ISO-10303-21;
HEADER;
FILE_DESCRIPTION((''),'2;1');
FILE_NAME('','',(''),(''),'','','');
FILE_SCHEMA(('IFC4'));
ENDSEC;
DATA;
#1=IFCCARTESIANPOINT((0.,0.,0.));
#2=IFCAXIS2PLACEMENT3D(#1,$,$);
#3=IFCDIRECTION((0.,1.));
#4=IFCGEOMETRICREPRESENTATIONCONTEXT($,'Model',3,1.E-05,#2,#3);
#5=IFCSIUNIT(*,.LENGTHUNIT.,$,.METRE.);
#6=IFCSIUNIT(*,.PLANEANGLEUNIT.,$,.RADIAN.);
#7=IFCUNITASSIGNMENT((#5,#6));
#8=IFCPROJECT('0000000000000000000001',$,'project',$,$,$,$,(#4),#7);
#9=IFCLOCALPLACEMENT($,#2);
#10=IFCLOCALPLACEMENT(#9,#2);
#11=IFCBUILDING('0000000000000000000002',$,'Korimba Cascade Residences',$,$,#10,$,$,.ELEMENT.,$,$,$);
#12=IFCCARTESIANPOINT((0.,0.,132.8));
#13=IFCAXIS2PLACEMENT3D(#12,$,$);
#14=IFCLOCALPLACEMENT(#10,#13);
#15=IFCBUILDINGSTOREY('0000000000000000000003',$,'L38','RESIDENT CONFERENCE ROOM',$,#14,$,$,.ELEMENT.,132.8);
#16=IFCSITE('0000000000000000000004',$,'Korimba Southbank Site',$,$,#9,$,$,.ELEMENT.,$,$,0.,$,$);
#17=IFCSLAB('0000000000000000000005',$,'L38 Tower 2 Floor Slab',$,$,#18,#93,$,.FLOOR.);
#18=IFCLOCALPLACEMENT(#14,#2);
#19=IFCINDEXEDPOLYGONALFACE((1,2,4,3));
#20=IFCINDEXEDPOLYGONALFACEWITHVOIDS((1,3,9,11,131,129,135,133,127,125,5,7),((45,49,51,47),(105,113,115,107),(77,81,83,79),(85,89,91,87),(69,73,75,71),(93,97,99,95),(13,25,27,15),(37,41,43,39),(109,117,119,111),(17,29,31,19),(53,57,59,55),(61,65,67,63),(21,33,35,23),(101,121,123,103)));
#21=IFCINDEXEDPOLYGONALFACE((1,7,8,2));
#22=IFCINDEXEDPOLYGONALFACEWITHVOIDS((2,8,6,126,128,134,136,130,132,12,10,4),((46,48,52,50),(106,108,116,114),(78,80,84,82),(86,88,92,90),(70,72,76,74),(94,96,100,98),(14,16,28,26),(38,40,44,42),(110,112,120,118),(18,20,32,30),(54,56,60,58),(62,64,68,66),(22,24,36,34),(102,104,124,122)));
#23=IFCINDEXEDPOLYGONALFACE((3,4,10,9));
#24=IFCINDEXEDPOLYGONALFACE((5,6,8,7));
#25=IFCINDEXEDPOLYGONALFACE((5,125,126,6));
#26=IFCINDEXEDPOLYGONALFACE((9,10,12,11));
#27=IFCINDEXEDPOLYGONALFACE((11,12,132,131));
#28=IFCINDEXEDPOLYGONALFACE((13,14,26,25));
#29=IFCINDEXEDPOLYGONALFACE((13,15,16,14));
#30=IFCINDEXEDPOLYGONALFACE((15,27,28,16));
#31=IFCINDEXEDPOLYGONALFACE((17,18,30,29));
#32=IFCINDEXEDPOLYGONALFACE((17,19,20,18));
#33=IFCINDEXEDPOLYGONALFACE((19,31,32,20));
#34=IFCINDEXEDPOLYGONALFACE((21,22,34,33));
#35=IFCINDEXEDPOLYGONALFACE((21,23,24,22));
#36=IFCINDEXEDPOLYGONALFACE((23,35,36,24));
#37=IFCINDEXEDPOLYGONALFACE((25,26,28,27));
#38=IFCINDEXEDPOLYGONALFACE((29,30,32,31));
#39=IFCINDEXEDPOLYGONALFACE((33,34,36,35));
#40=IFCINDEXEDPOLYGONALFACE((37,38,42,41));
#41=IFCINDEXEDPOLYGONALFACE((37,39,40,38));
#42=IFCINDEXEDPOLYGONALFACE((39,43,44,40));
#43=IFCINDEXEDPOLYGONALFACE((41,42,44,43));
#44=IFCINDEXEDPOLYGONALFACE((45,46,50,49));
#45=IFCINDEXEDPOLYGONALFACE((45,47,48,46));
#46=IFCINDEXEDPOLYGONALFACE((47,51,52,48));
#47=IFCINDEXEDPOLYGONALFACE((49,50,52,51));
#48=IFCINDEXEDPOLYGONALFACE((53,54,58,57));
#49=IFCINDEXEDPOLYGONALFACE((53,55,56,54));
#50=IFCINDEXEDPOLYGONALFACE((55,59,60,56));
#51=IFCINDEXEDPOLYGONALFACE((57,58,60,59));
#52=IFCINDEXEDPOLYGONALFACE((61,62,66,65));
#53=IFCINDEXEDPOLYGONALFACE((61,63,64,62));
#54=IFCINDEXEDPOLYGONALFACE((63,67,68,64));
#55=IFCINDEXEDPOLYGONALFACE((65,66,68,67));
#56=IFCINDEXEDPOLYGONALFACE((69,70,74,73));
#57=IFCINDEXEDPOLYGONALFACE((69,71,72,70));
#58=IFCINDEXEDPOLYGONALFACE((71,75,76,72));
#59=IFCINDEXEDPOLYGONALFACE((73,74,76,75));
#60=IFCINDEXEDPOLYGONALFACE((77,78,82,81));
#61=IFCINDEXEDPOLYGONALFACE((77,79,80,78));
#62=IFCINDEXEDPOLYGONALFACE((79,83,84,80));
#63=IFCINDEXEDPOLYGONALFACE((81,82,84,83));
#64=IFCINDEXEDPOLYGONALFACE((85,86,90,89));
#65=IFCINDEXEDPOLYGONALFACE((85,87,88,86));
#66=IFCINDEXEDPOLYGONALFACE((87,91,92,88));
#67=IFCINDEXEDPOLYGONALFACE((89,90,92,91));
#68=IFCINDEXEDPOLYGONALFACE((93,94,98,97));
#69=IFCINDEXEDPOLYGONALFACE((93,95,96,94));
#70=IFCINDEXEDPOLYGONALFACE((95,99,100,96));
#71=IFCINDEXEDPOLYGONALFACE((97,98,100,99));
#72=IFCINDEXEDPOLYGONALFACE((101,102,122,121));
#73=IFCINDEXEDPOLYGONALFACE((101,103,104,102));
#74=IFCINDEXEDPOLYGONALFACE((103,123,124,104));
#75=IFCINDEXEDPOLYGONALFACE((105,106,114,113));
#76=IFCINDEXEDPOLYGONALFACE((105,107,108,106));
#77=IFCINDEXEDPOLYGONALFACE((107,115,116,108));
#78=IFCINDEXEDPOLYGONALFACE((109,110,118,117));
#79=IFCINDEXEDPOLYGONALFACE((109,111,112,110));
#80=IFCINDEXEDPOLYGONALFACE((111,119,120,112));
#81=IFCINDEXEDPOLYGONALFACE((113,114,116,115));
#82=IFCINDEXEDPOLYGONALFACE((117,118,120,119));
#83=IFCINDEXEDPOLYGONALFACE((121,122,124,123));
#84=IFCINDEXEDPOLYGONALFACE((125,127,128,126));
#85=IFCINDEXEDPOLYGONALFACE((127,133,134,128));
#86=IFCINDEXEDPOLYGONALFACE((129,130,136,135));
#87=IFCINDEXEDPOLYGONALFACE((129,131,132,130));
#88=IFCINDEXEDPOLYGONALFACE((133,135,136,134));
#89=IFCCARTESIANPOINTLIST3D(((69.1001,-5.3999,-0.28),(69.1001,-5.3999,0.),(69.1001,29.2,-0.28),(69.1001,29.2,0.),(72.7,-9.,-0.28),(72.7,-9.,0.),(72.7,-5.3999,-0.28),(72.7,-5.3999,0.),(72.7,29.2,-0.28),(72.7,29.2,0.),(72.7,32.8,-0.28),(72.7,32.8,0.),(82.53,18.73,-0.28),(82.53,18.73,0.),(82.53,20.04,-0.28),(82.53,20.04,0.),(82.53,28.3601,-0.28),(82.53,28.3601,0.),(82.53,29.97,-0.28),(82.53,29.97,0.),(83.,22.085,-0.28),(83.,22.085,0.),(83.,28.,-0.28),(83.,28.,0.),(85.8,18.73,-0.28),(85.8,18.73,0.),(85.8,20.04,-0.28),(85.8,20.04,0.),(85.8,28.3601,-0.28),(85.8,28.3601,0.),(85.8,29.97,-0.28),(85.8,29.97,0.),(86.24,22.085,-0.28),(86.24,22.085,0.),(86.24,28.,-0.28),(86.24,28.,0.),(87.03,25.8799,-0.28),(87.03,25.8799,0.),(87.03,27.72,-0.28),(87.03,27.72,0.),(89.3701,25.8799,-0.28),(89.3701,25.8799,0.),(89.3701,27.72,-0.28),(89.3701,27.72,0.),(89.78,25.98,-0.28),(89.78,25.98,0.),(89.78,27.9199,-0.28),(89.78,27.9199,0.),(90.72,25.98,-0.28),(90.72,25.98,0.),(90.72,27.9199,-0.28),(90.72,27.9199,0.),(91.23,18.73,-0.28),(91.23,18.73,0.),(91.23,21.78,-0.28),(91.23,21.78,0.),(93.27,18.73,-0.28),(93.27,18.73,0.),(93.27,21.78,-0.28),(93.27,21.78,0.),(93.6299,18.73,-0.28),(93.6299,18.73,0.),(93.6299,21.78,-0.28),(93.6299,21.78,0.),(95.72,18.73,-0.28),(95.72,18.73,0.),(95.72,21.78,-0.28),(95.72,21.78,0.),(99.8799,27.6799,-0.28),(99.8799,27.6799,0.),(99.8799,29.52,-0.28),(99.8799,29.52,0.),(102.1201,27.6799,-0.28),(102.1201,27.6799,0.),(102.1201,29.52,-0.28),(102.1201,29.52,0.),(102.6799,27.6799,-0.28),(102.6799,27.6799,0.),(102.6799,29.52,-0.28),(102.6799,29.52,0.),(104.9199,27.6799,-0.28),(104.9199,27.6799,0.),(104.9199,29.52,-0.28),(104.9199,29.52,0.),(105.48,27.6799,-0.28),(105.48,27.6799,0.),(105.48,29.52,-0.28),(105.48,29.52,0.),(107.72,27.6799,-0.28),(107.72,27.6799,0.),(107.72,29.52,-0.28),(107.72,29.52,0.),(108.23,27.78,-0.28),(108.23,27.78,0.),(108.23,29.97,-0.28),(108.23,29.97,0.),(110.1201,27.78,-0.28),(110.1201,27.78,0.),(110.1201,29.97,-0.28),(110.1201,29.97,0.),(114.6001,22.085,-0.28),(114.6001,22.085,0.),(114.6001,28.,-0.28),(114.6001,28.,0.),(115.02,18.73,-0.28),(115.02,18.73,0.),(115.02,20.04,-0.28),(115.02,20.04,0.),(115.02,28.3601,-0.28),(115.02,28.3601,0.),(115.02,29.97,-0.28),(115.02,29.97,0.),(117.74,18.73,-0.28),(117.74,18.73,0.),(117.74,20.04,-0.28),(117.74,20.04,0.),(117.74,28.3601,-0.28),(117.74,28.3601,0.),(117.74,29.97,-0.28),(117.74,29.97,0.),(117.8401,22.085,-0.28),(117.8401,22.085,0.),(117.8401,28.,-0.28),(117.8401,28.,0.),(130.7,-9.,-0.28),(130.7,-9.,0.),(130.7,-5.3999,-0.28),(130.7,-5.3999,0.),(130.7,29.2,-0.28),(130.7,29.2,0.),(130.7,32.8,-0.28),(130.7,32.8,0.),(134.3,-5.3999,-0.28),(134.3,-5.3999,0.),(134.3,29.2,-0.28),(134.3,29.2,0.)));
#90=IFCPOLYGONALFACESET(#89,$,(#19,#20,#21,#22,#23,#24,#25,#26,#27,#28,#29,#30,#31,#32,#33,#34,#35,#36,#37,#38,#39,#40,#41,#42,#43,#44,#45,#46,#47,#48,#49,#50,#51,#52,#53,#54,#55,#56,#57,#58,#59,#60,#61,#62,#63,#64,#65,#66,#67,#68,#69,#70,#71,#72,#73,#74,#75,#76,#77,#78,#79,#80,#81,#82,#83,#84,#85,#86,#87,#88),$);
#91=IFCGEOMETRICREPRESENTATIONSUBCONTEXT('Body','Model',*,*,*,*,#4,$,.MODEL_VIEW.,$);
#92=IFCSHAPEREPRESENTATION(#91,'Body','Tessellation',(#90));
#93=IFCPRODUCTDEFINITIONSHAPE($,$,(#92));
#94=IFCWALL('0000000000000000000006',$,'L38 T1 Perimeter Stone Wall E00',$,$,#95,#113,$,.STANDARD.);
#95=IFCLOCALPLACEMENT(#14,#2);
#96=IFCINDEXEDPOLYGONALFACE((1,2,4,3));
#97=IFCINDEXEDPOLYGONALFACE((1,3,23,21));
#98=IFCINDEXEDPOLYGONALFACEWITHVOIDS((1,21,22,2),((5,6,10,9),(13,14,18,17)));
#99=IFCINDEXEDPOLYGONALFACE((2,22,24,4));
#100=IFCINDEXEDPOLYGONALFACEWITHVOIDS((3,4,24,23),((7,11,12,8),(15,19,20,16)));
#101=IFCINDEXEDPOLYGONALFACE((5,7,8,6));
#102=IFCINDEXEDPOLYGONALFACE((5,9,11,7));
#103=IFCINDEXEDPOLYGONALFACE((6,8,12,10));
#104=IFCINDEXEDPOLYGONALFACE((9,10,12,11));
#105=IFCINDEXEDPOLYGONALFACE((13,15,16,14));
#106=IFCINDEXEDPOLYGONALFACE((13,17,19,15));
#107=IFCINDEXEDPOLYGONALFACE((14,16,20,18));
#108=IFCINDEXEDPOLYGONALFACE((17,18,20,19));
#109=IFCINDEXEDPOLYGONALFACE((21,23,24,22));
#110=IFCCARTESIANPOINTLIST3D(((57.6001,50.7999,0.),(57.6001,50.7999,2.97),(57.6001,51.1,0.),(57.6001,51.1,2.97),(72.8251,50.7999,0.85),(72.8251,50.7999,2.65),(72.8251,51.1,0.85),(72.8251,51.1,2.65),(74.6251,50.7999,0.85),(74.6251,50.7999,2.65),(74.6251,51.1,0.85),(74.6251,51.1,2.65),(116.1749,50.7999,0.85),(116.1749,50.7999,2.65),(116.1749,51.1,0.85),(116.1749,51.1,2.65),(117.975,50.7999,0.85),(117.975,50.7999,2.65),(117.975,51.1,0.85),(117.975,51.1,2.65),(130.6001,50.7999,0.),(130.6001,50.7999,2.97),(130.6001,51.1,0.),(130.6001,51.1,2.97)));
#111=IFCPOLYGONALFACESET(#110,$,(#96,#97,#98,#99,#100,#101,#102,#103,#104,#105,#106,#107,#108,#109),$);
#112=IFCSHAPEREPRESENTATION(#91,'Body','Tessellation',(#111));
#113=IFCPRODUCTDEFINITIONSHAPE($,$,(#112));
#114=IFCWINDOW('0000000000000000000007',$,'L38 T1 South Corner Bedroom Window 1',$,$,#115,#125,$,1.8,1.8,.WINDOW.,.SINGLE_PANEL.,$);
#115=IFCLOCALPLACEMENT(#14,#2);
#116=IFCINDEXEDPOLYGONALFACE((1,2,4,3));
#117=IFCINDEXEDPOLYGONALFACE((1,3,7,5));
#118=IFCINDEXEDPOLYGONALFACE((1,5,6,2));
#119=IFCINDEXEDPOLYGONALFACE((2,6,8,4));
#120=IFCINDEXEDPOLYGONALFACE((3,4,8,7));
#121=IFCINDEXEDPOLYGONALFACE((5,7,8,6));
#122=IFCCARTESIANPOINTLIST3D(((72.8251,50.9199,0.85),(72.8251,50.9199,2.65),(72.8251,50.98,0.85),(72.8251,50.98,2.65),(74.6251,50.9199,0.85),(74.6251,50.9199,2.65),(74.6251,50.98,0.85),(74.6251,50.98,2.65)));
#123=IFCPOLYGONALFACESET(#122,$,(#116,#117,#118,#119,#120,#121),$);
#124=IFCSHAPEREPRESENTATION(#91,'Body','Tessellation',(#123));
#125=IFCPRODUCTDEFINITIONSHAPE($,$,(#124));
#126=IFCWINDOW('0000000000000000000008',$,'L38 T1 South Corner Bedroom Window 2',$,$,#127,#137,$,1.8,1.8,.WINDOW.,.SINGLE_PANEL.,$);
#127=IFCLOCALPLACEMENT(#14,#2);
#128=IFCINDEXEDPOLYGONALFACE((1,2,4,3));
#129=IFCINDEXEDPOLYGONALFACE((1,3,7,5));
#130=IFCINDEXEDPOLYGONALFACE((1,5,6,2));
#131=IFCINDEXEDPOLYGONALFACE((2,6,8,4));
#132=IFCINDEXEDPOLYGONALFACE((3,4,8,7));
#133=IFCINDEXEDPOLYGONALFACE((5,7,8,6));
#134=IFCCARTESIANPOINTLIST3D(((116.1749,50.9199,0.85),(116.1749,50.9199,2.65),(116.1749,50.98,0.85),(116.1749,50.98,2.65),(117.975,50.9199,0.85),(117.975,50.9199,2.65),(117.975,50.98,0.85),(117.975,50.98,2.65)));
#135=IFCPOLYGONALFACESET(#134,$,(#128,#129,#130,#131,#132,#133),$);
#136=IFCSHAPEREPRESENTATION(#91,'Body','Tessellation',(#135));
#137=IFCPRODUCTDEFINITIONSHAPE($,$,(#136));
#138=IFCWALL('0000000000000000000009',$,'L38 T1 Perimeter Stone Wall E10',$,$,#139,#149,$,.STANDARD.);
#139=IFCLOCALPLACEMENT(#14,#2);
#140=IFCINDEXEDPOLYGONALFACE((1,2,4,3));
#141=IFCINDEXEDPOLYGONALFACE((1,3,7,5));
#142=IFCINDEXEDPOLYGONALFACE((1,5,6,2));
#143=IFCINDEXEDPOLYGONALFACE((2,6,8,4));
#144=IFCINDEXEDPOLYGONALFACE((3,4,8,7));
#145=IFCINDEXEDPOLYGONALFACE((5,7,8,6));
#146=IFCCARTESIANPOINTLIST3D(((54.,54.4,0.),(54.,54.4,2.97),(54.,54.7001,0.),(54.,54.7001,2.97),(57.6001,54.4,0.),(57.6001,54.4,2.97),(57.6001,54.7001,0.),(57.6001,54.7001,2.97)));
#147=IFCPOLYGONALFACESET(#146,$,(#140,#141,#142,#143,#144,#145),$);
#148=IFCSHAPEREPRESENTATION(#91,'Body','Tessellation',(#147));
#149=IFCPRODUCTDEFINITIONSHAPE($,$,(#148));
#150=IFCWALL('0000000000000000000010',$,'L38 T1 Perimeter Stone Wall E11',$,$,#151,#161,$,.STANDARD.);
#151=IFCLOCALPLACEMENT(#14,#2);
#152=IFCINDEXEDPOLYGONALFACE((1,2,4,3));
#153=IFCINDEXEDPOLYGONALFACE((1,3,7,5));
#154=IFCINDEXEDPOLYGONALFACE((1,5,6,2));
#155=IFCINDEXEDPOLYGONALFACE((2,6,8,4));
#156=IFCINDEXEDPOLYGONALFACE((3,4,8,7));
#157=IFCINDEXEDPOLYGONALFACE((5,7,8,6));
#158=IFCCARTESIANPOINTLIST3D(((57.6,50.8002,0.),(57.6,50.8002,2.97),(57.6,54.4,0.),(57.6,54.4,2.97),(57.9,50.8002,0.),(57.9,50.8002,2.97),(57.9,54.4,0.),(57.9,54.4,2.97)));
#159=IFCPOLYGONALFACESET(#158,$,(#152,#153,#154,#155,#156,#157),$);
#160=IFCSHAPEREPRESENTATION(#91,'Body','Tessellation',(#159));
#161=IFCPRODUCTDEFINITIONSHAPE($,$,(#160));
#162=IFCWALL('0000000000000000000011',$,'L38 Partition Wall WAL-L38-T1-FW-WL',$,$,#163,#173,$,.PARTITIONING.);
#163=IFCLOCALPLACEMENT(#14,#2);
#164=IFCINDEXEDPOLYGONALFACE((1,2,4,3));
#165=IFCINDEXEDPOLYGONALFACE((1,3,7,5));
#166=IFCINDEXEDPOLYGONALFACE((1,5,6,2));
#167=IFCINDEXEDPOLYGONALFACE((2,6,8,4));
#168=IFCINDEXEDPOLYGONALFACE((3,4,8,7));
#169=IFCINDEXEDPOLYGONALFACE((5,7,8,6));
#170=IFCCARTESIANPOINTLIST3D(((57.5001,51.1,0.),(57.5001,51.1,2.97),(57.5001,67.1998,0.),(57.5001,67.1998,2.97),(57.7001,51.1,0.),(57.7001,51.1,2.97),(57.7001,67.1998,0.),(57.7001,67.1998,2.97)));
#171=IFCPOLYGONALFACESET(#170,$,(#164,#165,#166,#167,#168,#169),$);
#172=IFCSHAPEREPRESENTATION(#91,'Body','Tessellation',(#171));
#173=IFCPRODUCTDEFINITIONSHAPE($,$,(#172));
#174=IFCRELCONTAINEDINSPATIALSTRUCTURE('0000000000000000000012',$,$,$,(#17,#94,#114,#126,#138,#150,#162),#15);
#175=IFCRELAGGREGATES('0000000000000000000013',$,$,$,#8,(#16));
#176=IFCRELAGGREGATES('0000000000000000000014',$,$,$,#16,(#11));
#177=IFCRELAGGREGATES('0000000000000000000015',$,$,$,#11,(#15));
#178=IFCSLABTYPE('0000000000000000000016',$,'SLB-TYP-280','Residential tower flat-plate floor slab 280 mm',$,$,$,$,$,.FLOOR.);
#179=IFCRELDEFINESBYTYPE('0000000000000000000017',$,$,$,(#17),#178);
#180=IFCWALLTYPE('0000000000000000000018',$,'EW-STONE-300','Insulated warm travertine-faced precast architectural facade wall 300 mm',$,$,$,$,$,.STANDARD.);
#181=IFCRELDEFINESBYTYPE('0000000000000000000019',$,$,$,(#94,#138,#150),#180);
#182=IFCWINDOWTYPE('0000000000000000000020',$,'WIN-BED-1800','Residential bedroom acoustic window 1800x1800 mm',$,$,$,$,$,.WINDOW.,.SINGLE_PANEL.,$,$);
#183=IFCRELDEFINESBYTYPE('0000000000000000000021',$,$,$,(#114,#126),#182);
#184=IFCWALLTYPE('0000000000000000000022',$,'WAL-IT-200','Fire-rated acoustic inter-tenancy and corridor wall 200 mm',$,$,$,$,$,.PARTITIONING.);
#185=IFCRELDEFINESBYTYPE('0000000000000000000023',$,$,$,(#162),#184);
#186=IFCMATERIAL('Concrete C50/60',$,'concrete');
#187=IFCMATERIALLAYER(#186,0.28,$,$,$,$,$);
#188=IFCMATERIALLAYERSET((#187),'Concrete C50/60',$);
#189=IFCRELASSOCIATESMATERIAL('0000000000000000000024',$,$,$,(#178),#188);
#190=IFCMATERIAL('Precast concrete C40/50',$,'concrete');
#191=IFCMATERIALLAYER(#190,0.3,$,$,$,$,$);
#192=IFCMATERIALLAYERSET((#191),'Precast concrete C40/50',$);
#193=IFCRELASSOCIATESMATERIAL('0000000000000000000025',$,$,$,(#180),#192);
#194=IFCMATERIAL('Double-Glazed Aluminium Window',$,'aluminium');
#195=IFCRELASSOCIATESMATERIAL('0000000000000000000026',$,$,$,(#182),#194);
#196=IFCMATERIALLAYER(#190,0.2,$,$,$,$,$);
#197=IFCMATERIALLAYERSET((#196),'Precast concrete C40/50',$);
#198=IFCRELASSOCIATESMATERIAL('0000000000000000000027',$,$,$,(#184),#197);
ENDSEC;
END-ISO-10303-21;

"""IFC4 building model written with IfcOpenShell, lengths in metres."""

from ifc_helpers import new_model, si_unit, direction, frame, frame_2d, origin, place, context, subcontext, project, spatial, polyline, rectangle, outline, extrude, material, layer, layer_set, type_object, element, fill, save


model = new_model("IFC4")

# Units and contexts
model_context = context("Model", 3, precision=1e-05, world=origin(), true_north=direction((0.0, 1.0)))
body_context = subcontext(model_context, "Body", "Model", "MODEL_VIEW")
ifc_project = project(units=[si_unit("LENGTHUNIT", "METRE"), si_unit("PLANEANGLEUNIT", "RADIAN")], contexts=[model_context])

# Site, building, storey
site_placement = place(None, origin())
site = spatial("IfcSite", under=ifc_project, at=site_placement, Name="Korimba Southbank Site", CompositionType="ELEMENT", RefElevation=0.0)
building_placement = place(site_placement, origin())
building = spatial("IfcBuilding", under=site, at=building_placement, Name="Korimba Cascade Residences", CompositionType="ELEMENT")
storey_placement = place(building_placement, frame((0.0, 0.0, 132.8)))
storey = spatial("IfcBuildingStorey", under=building, at=storey_placement, Name="L38", Description="RESIDENT CONFERENCE ROOM", CompositionType="ELEMENT", Elevation=132.8)

# Shared definitions
ifc_material_1 = material(Name="Concrete C50/60", Category="concrete")

# Slab
ifc_material_2 = material(Name="Precast concrete C40/50", Category="concrete")
ifc_layer_1 = layer(ifc_material_1, 0.28)
ifc_layer_set_1 = layer_set([ifc_layer_1], Name="Concrete C50/60")
slab_type_1 = type_object("IfcSlabType", Name="SLB-TYP-280", Description="Residential tower flat-plate floor slab 280 mm", PredefinedType="FLOOR", material=ifc_layer_set_1)
slab_1_placement = place(storey_placement, frame((0.0, 0.0, -0.28)))
element("IfcSlab", 1, at=slab_1_placement, inside=storey, type_object=slab_type_1, Name="L38 Tower 2 Floor Slab", PredefinedType="FLOOR", context=body_context, shape_type="SweptSolid", body=[
    extrude(outline(polyline([(72.7, -9.0), (130.7, -9.0), (130.7, -5.3999), (134.3, -5.3999), (134.3, 29.2), (130.7, 29.2), (130.7, 32.8), (72.7, 32.8), (72.7, 29.2), (69.1001, 29.2), (69.1001, -5.3999), (72.7, -5.3999), (72.7, -9.0)]), holes=[polyline([(86.24, 22.085), (86.24, 28.0), (83.0, 28.0), (83.0, 22.085), (86.24, 22.085)]), polyline([(117.8401, 22.085), (117.8401, 28.0), (114.6001, 28.0), (114.6001, 22.085), (117.8401, 22.085)]), polyline([(87.03, 25.8799), (89.3701, 25.8799), (89.3701, 27.72), (87.03, 27.72), (87.03, 25.8799)]), polyline([(99.8799, 27.6799), (102.1201, 27.6799), (102.1201, 29.52), (99.8799, 29.52), (99.8799, 27.6799)]), polyline([(102.6799, 27.6799), (104.9199, 27.6799), (104.9199, 29.52), (102.6799, 29.52), (102.6799, 27.6799)]), polyline([(105.48, 27.6799), (107.72, 27.6799), (107.72, 29.52), (105.48, 29.52), (105.48, 27.6799)]), polyline([(89.78, 25.98), (90.72, 25.98), (90.72, 27.9199), (89.78, 27.9199), (89.78, 25.98)]), polyline([(82.53, 18.73), (85.8, 18.73), (85.8, 20.04), (82.53, 20.04), (82.53, 18.73)]), polyline([(82.53, 28.3601), (85.8, 28.3601), (85.8, 29.97), (82.53, 29.97), (82.53, 28.3601)]), polyline([(108.23, 27.78), (110.1201, 27.78), (110.1201, 29.97), (108.23, 29.97), (108.23, 27.78)]), polyline([(91.23, 18.73), (93.27, 18.73), (93.27, 21.78), (91.23, 21.78), (91.23, 18.73)]), polyline([(93.6299, 18.73), (95.72, 18.73), (95.72, 21.78), (93.6299, 21.78), (93.6299, 18.73)]), polyline([(115.02, 18.73), (117.74, 18.73), (117.74, 20.04), (115.02, 20.04), (115.02, 18.73)]), polyline([(115.02, 28.3601), (117.74, 28.3601), (117.74, 29.97), (115.02, 29.97), (115.02, 28.3601)])]), origin(), (0.0, 0.0, 1.0), 0.28),
])

# Wall, openings, windows
ifc_layer_2 = layer(ifc_material_2, 0.3)
ifc_layer_set_2 = layer_set([ifc_layer_2], Name="Precast concrete C40/50")
wall_type_1 = type_object("IfcWallType", Name="EW-STONE-300", Description="Insulated warm travertine-faced precast architectural facade wall 300 mm", PredefinedType="STANDARD", material=ifc_layer_set_2)
wall_1_placement = place(storey_placement, frame((57.6001, 50.95, 0.0), z_axis=(0.0, 0.0, 1.0), x_axis=(1.0, 0.0, 0.0)))
wall_1 = element("IfcWall", 2, at=wall_1_placement, inside=storey, type_object=wall_type_1, Name="L38 T1 Perimeter Stone Wall E00", PredefinedType="STANDARD", context=body_context, shape_type="SweptSolid", body=[
    extrude(rectangle(XDim=73.0, YDim=0.3, at=frame_2d((36.5, 0.0))), origin(), (0.0, 0.0, 1.0), 2.97),
])
opening_1_placement = place(wall_1_placement, frame((15.2251, 0.0, 0.8501)))
opening_1 = element("IfcOpeningElement", 3, at=opening_1_placement, cuts=wall_1, PredefinedType="OPENING", context=body_context, shape_type="SweptSolid", body=[
    extrude(rectangle(XDim=1.8, YDim=1.8, at=frame_2d((0.8999, 0.8999))), frame((0.0, 0.1602, 0.0), z_axis=(0.0, -1.0, 0.0), x_axis=(1.0, 0.0, 0.0)), (0.0, 0.0, 1.0), 0.3201),
])
opening_2_placement = place(wall_1_placement, frame((58.575, 0.0, 0.8501)))
opening_2 = element("IfcOpeningElement", 4, at=opening_2_placement, cuts=wall_1, PredefinedType="OPENING", context=body_context, shape_type="SweptSolid", body=[
    extrude(rectangle(XDim=1.8, YDim=1.8, at=frame_2d((0.8999, 0.8999))), frame((0.0, 0.1602, 0.0), z_axis=(0.0, -1.0, 0.0), x_axis=(1.0, 0.0, 0.0)), (0.0, 0.0, 1.0), 0.3201),
])
ifc_material_3 = material(Name="Double-Glazed Aluminium Window", Category="aluminium")
window_type = type_object("IfcWindowType", Name="WIN-BED-1800", Description="Residential bedroom acoustic window 1800x1800 mm", PartitioningType="SINGLE_PANEL", PredefinedType="WINDOW", material=ifc_material_3)
window_1_placement = place(opening_1_placement, origin())
window_1 = element("IfcWindow", 5, at=window_1_placement, inside=storey, type_object=window_type, Name="L38 T1 South Corner Bedroom Window 1", OverallHeight=1.8, OverallWidth=1.8, PartitioningType="SINGLE_PANEL", PredefinedType="WINDOW", context=body_context, shape_type="SweptSolid", body=[
    extrude(rectangle(XDim=1.8, YDim=1.8, at=frame_2d((0.8999, 0.8999))), frame((0.0, 0.03, 0.0), z_axis=(0.0, -1.0, 0.0), x_axis=(1.0, 0.0, 0.0)), (0.0, 0.0, 1.0), 0.0601),
])
fill(opening_1, window_1)
window_2_placement = place(opening_2_placement, origin())
window_2 = element("IfcWindow", 6, at=window_2_placement, inside=storey, type_object=window_type, Name="L38 T1 South Corner Bedroom Window 2", OverallHeight=1.8, OverallWidth=1.8, PartitioningType="SINGLE_PANEL", PredefinedType="WINDOW", context=body_context, shape_type="SweptSolid", body=[
    extrude(rectangle(XDim=1.8, YDim=1.8, at=frame_2d((0.8999, 0.8999))), frame((0.0, 0.03, 0.0), z_axis=(0.0, -1.0, 0.0), x_axis=(1.0, 0.0, 0.0)), (0.0, 0.0, 1.0), 0.0601),
])
fill(opening_2, window_2)

# Walls
wall_2_placement = place(storey_placement, frame((54.0, 54.55, 0.0), z_axis=(0.0, 0.0, 1.0), x_axis=(1.0, 0.0, 0.0)))
element("IfcWall", 7, at=wall_2_placement, inside=storey, type_object=wall_type_1, Name="L38 T1 Perimeter Stone Wall E10", PredefinedType="STANDARD", context=body_context, shape_type="SweptSolid", body=[
    extrude(rectangle(XDim=3.6001, YDim=0.3, at=frame_2d((1.8, 0.0))), origin(), (0.0, 0.0, 1.0), 2.97),
])
wall_3_placement = place(storey_placement, frame((57.75, 54.3999, 0.0), z_axis=(0.0, 0.0, 1.0), x_axis=(0.0, -1.0, 0.0)))
element("IfcWall", 8, at=wall_3_placement, inside=storey, type_object=wall_type_1, Name="L38 T1 Perimeter Stone Wall E11", PredefinedType="STANDARD", context=body_context, shape_type="SweptSolid", body=[
    extrude(rectangle(XDim=3.5999, YDim=0.3, at=frame_2d((1.7998, 0.0))), origin(), (0.0, 0.0, 1.0), 2.97),
])
ifc_layer_3 = layer(ifc_material_2, 0.2)
ifc_layer_set_3 = layer_set([ifc_layer_3], Name="Precast concrete C40/50")
wall_type_2 = type_object("IfcWallType", Name="WAL-IT-200", Description="Fire-rated acoustic inter-tenancy and corridor wall 200 mm", PredefinedType="PARTITIONING", material=ifc_layer_set_3)
wall_4_placement = place(storey_placement, frame((57.6001, 51.1001, 0.0), z_axis=(0.0, 0.0, 1.0), x_axis=(0.0, 1.0, 0.0)))
element("IfcWall", 9, at=wall_4_placement, inside=storey, type_object=wall_type_2, Name="L38 Partition Wall WAL-L38-T1-FW-WL", PredefinedType="PARTITIONING", context=body_context, shape_type="SweptSolid", body=[
    extrude(rectangle(XDim=16.0999, YDim=0.2, at=frame_2d((8.0498, 0.0))), origin(), (0.0, 0.0, 1.0), 2.97),
])

save(model, "model.ifc")
